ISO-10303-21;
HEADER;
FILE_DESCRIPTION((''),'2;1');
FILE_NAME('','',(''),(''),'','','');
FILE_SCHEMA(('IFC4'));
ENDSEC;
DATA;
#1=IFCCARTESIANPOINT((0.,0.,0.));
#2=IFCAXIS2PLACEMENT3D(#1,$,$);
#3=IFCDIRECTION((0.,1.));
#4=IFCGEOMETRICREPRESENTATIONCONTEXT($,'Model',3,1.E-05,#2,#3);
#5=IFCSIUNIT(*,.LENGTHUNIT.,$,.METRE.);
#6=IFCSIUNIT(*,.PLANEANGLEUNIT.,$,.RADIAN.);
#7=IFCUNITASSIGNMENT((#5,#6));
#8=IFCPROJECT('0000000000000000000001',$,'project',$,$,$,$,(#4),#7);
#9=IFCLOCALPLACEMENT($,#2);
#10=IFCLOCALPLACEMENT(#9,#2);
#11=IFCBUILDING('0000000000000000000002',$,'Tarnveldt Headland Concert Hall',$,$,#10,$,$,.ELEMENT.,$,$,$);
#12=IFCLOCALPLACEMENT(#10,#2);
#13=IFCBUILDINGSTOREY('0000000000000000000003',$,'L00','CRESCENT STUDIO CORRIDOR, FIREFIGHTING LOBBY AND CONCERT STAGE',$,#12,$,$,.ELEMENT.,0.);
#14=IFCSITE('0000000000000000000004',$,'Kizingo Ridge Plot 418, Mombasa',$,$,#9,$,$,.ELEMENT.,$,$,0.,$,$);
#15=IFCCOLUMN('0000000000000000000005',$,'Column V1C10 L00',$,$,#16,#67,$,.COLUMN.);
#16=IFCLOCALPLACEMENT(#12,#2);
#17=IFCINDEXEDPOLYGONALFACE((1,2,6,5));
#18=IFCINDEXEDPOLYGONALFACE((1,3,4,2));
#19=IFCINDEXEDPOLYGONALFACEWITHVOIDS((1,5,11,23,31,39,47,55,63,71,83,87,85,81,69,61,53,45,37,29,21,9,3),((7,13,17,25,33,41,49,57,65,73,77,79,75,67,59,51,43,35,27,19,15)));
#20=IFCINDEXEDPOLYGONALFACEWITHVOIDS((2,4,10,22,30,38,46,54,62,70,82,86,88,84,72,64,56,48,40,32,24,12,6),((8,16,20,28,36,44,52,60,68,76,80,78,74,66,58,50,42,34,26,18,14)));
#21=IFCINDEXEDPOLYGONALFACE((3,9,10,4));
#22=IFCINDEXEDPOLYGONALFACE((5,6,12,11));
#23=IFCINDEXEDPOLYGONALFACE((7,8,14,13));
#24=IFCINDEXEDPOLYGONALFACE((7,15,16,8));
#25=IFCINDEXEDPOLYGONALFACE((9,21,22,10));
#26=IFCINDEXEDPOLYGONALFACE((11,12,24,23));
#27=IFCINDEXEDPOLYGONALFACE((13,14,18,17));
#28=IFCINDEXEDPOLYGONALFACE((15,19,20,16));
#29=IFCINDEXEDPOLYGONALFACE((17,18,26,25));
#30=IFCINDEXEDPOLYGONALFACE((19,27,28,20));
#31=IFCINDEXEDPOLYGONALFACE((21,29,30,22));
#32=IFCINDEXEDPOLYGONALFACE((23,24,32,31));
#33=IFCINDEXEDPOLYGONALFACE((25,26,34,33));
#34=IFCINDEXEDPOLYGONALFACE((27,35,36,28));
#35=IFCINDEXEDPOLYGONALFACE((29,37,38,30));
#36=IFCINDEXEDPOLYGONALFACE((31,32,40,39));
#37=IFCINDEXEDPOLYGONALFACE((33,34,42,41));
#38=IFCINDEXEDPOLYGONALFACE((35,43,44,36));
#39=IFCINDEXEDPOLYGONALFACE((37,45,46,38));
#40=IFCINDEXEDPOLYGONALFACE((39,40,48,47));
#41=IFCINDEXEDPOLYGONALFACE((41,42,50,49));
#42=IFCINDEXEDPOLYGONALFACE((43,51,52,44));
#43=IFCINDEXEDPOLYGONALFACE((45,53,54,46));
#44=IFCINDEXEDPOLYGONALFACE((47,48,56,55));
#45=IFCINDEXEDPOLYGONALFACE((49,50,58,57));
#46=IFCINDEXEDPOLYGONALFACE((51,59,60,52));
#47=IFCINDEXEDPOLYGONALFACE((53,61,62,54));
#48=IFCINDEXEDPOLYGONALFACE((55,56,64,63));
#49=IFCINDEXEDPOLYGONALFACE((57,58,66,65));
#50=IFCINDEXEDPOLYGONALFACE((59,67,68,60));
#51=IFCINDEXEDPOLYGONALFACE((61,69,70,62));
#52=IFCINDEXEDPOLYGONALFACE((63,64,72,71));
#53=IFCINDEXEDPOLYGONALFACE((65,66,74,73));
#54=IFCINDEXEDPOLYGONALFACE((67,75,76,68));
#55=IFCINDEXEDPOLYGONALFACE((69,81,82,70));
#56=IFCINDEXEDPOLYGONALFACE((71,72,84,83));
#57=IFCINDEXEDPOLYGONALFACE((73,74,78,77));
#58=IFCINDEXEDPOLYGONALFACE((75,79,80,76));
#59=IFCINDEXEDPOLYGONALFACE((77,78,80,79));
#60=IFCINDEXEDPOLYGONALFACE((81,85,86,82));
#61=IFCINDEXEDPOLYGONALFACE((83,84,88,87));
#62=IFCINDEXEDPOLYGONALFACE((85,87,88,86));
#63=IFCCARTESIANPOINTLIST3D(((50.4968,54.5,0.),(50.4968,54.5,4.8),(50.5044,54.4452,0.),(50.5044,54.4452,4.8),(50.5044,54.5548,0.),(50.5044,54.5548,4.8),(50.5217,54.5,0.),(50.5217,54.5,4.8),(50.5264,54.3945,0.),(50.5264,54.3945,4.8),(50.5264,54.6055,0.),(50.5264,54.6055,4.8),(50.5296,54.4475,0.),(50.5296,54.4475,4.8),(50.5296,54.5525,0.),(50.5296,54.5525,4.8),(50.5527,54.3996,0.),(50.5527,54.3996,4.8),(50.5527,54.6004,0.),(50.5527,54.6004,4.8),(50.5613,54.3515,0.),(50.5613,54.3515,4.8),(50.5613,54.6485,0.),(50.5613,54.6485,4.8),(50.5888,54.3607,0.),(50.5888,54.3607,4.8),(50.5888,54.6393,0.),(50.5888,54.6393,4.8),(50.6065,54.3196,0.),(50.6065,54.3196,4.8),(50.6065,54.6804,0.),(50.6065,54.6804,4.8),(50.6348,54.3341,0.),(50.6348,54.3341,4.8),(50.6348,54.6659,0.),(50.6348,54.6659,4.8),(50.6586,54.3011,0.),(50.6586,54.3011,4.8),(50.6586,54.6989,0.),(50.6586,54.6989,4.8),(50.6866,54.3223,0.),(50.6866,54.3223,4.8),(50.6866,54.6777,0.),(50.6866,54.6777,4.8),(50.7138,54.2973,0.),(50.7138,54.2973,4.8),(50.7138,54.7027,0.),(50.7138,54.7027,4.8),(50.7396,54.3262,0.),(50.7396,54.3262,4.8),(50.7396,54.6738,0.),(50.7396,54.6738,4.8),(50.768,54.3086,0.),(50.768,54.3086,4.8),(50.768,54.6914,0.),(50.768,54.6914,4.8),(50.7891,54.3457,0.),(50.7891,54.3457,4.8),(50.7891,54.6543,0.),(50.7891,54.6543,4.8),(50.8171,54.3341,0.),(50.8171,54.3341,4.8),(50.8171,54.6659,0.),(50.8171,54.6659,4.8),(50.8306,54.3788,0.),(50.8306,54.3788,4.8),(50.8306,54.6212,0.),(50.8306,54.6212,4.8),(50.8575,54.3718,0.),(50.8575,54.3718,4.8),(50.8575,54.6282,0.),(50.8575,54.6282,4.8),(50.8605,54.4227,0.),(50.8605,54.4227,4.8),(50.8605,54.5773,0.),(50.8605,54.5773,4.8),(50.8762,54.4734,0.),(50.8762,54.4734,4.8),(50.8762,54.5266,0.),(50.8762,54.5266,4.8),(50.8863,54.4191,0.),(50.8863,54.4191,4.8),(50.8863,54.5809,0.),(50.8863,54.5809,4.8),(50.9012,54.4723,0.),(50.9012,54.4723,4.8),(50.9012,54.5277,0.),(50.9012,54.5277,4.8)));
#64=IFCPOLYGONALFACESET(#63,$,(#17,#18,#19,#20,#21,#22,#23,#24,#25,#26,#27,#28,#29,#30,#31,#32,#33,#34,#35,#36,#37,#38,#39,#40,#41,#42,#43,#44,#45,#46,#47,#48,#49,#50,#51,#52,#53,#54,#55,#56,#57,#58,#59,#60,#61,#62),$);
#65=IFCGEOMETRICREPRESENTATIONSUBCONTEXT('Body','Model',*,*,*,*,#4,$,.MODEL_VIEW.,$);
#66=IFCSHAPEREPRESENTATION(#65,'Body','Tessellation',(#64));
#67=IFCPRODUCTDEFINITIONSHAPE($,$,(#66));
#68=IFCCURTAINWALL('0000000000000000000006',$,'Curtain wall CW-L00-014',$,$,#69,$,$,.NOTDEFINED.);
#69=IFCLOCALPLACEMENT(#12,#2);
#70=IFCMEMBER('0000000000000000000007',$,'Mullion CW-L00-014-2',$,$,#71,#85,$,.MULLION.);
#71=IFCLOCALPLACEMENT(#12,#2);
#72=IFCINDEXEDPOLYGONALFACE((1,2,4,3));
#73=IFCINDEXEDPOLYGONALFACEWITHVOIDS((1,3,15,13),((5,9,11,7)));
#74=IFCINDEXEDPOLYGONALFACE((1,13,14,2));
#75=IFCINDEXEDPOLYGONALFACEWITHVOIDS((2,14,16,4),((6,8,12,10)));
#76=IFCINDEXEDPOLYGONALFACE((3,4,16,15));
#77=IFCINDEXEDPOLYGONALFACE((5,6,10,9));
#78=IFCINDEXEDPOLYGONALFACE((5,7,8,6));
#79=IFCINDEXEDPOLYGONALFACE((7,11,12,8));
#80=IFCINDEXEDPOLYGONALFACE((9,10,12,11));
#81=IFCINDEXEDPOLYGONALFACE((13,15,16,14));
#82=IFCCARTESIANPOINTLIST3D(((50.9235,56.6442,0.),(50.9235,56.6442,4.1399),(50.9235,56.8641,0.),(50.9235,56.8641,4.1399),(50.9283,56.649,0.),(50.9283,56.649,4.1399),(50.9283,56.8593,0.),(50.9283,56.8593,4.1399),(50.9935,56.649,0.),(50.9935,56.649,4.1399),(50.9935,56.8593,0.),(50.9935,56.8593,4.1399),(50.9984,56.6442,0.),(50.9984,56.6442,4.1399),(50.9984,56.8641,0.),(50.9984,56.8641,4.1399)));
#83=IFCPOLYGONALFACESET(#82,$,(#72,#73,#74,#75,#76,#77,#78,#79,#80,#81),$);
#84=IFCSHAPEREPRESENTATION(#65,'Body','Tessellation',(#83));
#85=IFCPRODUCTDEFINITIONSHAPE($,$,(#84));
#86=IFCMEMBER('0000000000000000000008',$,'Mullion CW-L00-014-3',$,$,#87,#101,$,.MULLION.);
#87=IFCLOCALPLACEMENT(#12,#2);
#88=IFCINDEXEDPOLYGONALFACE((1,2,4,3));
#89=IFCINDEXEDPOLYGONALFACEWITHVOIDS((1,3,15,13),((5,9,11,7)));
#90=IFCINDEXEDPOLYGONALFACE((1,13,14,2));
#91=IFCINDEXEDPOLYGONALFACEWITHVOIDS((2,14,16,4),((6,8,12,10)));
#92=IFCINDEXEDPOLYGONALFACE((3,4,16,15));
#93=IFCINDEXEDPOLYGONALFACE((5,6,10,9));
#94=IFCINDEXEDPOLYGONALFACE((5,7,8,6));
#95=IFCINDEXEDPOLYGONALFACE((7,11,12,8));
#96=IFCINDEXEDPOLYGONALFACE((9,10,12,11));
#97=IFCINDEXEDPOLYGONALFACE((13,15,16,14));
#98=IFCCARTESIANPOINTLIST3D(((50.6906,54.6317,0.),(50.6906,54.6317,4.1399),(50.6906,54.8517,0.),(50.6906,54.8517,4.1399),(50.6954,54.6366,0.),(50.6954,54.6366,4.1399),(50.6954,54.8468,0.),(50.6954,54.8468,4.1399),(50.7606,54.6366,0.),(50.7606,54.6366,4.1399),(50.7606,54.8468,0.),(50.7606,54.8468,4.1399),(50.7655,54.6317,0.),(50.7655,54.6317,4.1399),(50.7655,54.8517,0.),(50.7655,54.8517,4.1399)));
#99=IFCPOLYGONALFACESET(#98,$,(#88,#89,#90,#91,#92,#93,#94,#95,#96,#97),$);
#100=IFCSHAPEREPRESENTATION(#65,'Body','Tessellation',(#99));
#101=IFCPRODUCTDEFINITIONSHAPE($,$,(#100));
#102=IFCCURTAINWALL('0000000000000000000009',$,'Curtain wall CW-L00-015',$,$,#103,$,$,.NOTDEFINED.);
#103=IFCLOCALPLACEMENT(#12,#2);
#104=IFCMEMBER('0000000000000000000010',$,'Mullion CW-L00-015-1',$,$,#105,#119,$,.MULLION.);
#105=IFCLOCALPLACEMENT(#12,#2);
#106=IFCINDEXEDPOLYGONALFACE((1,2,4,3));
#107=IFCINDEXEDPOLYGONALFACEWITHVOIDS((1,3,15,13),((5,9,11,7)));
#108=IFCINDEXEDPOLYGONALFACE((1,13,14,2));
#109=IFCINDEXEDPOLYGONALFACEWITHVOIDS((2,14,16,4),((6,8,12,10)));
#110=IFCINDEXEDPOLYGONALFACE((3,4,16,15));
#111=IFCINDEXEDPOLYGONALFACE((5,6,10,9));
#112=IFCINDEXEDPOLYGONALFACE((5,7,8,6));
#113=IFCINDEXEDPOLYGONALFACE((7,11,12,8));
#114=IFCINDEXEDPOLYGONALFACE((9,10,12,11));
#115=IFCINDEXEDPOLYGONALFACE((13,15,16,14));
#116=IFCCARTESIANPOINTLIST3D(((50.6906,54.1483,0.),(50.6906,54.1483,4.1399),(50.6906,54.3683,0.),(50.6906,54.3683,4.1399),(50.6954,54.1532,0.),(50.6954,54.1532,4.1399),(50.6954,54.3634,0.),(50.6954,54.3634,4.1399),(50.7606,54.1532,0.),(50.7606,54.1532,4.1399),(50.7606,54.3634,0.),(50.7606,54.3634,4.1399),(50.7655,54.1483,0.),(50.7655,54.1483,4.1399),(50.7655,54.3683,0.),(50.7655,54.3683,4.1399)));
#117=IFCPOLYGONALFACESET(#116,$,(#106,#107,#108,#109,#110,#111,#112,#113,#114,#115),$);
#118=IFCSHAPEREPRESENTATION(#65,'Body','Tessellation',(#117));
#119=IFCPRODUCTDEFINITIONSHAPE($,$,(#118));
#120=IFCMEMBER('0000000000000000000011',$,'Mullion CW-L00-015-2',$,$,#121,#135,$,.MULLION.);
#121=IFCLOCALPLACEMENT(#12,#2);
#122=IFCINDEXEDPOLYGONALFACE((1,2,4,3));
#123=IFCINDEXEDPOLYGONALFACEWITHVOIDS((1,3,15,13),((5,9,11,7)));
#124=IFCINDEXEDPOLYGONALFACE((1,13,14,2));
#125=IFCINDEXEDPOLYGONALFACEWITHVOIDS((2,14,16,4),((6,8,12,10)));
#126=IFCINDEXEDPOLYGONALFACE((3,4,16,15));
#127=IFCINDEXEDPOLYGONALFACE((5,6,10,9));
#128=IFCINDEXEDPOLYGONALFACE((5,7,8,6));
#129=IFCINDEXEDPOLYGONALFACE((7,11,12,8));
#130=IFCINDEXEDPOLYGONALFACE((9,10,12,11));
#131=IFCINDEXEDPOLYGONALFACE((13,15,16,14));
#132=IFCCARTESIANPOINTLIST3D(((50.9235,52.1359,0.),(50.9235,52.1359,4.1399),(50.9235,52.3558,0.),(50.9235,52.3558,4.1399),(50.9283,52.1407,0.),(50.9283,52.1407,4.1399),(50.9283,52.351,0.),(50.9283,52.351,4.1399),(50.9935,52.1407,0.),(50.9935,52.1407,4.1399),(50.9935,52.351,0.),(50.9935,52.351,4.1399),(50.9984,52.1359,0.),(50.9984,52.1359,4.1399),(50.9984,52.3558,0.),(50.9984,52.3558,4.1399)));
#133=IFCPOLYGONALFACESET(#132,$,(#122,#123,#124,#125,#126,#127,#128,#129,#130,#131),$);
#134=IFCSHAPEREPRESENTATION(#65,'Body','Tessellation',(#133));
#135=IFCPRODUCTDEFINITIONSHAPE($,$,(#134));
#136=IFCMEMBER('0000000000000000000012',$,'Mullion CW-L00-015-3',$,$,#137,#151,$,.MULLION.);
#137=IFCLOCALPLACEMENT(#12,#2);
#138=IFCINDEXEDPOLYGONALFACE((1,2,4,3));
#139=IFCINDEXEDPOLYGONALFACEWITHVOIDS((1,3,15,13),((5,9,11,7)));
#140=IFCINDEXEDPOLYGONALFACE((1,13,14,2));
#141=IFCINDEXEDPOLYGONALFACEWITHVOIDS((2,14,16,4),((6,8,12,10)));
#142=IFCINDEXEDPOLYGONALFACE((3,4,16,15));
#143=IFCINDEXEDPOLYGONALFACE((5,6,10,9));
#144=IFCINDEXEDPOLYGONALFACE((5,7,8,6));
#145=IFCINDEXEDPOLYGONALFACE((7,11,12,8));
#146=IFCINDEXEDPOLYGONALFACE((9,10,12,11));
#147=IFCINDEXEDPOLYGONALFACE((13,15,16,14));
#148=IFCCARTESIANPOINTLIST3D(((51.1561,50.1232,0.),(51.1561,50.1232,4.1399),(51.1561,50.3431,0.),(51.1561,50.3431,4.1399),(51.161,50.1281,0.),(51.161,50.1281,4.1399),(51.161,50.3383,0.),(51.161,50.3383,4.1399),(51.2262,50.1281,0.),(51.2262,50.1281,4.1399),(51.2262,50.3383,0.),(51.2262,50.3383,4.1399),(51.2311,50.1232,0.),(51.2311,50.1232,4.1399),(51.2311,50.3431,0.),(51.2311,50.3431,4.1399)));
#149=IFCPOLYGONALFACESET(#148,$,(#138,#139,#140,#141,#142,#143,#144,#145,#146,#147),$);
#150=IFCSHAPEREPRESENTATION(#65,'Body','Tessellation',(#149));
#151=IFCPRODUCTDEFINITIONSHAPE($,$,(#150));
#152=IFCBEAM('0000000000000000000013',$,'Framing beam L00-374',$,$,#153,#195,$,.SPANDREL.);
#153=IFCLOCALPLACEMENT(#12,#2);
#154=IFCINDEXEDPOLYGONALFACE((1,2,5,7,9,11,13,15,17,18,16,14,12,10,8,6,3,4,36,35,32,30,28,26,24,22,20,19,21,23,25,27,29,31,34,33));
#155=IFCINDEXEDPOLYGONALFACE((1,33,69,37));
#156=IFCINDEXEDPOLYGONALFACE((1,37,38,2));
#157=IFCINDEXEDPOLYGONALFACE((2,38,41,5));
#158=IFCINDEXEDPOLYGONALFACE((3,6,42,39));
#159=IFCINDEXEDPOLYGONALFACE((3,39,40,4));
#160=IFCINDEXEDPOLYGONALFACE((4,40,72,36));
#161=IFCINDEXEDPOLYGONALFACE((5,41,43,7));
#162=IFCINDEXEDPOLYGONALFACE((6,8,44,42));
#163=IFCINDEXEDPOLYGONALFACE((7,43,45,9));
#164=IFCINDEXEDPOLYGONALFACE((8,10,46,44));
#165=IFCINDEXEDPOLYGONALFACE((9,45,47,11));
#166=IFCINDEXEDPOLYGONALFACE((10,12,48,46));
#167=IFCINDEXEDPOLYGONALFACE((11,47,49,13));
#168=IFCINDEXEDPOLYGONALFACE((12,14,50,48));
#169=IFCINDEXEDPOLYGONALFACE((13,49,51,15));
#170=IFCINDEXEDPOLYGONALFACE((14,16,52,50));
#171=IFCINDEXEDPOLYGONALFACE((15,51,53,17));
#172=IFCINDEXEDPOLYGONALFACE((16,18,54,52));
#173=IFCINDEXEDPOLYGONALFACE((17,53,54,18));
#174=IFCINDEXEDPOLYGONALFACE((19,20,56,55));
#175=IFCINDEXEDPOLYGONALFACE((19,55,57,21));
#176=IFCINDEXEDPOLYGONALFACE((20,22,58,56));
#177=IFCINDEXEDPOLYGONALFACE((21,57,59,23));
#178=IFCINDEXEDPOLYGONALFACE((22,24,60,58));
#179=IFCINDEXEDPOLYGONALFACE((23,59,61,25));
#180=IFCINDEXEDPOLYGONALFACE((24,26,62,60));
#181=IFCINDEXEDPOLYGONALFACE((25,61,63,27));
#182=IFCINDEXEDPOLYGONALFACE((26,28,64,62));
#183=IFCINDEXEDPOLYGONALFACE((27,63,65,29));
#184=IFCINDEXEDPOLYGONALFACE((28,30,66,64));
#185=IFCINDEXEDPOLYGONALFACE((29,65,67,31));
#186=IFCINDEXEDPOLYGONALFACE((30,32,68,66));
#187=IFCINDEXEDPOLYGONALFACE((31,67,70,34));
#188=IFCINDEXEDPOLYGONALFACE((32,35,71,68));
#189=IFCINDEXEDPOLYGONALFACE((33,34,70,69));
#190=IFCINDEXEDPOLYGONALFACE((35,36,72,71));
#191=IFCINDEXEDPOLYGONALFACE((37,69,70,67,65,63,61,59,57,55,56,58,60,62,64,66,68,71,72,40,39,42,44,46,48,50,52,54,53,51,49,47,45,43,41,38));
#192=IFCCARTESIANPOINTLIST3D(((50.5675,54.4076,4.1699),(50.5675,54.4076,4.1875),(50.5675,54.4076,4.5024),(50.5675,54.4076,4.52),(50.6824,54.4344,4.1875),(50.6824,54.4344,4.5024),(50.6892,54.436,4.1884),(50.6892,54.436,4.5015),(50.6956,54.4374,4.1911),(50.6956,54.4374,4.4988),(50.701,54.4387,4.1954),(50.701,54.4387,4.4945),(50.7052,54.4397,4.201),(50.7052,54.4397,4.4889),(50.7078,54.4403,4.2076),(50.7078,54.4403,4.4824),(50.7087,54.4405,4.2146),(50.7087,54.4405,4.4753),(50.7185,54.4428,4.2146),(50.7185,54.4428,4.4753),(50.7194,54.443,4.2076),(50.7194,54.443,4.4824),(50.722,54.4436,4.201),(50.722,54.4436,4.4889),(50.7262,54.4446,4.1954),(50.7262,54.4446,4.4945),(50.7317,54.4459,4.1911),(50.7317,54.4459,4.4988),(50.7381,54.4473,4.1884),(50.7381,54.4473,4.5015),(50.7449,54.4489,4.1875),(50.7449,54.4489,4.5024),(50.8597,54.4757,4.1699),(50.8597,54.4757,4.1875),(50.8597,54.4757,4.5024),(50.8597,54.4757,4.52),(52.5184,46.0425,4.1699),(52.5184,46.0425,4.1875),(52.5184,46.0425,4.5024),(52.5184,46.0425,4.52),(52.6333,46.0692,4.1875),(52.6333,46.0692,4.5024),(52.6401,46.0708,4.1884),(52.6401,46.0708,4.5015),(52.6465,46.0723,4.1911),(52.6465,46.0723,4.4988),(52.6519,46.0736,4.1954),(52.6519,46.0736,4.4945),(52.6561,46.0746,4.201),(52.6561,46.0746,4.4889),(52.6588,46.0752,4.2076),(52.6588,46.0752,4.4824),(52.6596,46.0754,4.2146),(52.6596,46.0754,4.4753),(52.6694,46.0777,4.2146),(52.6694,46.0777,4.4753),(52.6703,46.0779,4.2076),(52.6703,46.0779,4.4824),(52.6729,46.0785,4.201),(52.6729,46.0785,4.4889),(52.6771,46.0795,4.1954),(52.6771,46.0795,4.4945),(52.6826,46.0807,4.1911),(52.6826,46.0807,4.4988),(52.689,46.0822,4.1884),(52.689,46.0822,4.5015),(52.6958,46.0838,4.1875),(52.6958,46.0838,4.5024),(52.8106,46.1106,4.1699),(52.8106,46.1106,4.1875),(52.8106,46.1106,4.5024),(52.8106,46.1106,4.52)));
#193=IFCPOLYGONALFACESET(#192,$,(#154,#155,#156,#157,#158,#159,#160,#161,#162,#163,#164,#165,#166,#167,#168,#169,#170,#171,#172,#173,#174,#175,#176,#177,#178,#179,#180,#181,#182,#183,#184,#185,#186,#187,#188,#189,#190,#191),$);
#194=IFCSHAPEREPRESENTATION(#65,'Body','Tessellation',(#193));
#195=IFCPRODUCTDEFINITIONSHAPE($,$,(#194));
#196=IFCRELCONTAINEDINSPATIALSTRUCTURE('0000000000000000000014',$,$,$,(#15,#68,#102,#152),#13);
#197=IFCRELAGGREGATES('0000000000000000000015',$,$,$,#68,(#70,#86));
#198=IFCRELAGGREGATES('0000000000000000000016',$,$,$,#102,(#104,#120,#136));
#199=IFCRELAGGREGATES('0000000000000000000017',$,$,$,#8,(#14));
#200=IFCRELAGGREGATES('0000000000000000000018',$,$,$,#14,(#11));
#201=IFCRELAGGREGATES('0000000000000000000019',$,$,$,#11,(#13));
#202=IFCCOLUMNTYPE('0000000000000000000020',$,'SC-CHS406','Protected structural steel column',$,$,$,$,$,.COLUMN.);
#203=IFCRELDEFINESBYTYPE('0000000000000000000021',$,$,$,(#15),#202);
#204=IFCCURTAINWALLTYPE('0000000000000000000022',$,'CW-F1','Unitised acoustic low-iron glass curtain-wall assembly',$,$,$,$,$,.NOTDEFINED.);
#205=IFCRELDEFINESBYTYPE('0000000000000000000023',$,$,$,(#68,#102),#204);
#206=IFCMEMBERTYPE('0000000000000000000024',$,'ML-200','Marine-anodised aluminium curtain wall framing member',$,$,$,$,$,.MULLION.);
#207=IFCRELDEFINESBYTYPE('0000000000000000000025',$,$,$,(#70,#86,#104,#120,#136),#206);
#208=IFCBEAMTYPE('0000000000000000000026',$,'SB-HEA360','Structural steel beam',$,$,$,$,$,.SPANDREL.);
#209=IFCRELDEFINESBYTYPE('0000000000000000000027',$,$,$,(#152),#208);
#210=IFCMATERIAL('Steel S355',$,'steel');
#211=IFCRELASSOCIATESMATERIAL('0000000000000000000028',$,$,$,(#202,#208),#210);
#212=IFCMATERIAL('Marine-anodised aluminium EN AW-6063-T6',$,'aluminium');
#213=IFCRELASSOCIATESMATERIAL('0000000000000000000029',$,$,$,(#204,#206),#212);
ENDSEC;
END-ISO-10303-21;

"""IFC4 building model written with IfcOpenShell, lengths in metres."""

from ifc_helpers import new_model, si_unit, direction, frame, origin, origin_2d, place, context, subcontext, project, spatial, hollow_rectangle, hollow_circle, i_section, extrude, material, material_profile, profile_set, type_object, element, aggregate, save


model = new_model("IFC4")

# Units and contexts
model_context = context("Model", 3, precision=1e-05, world=origin(), true_north=direction((0.0, 1.0)))
body_context = subcontext(model_context, "Body", "Model", "MODEL_VIEW")
ifc_project = project(units=[si_unit("LENGTHUNIT", "METRE"), si_unit("PLANEANGLEUNIT", "RADIAN")], contexts=[model_context])

# Site, building, storey
site_placement = place(None, origin())
site = spatial("IfcSite", under=ifc_project, at=site_placement, Name="Kizingo Ridge Plot 418, Mombasa", CompositionType="ELEMENT", RefElevation=0.0)
building_placement = place(site_placement, origin())
building = spatial("IfcBuilding", under=site, at=building_placement, Name="Tarnveldt Headland Concert Hall", CompositionType="ELEMENT")
storey_placement = place(building_placement, origin())
storey = spatial("IfcBuildingStorey", under=building, at=storey_placement, Name="L00", Description="CRESCENT STUDIO CORRIDOR, FIREFIGHTING LOBBY AND CONCERT STAGE", CompositionType="ELEMENT", Elevation=0.0)

# Column
ifc_material_1 = material(Name="Steel S355", Category="steel")
ifc_material_profile_1 = material_profile(ifc_material_1, hollow_circle(Radius=0.2031, WallThickness=0.0249, at=origin_2d()), Name="CHS 406.4x25", Category="steel")
ifc_profile_set_1 = profile_set([ifc_material_profile_1], Name="Steel S355")
column_type = type_object("IfcColumnType", Name="SC-CHS406", Description="Protected structural steel column", PredefinedType="COLUMN", material=ifc_profile_set_1)
column_placement = place(storey_placement, frame((50.7, 54.5, 0.0), z_axis=(0.0, 0.0, 1.0), x_axis=(-1.0, 0.0, 0.0)))
element("IfcColumn", 1, at=column_placement, inside=storey, type_object=column_type, Name="Column V1C10 L00", PredefinedType="COLUMN", context=body_context, shape_type="SweptSolid", body=[
    extrude(hollow_circle(Radius=0.2031, WallThickness=0.0249, at=origin_2d()), origin(), (0.0, 0.0, 1.0), 4.8),
])

# Curtain walls, members
ifc_material_2 = material(Name="Marine-anodised aluminium EN AW-6063-T6", Category="aluminium")
curtain_wall_type = type_object("IfcCurtainWallType", Name="CW-F1", Description="Unitised acoustic low-iron glass curtain-wall assembly", PredefinedType="NOTDEFINED", material=ifc_material_2)
curtain_wall_1_placement = place(storey_placement, origin())
curtain_wall_1 = element("IfcCurtainWall", 2, at=curtain_wall_1_placement, inside=storey, type_object=curtain_wall_type, Name="Curtain wall CW-L00-014", PredefinedType="NOTDEFINED")
ifc_material_profile_2 = material_profile(ifc_material_2, hollow_rectangle(XDim=0.075, YDim=0.22, WallThickness=0.0049, at=origin_2d()), Name="ALU MULLION 75x220x5", Category="aluminium")
ifc_profile_set_2 = profile_set([ifc_material_profile_2], Name="Marine-anodised aluminium EN AW-6063-T6")
member_type_1 = type_object("IfcMemberType", Name="ML-200", Description="Marine-anodised aluminium curtain wall framing member", PredefinedType="MULLION", material=ifc_profile_set_2)
member_1_placement = place(storey_placement, frame((50.9609, 56.7542, 0.0), z_axis=(0.0, 0.0, 1.0), x_axis=(1.0, 0.0, 0.0)))
member_1 = element("IfcMember", 3, at=member_1_placement, type_object=member_type_1, Name="Mullion CW-L00-014-2", PredefinedType="MULLION", context=body_context, shape_type="SweptSolid", body=[
    extrude(hollow_rectangle(XDim=0.075, YDim=0.22, WallThickness=0.0049, at=origin_2d()), origin(), (0.0, 0.0, 1.0), 4.1399),
])
member_2_placement = place(storey_placement, frame((50.728, 54.7417, 0.0), z_axis=(0.0, 0.0, 1.0), x_axis=(1.0, 0.0, 0.0)))
member_2 = element("IfcMember", 4, at=member_2_placement, type_object=member_type_1, Name="Mullion CW-L00-014-3", PredefinedType="MULLION", context=body_context, shape_type="SweptSolid", body=[
    extrude(hollow_rectangle(XDim=0.075, YDim=0.22, WallThickness=0.0049, at=origin_2d()), origin(), (0.0, 0.0, 1.0), 4.1399),
])
curtain_wall_2_placement = place(storey_placement, origin())
curtain_wall_2 = element("IfcCurtainWall", 5, at=curtain_wall_2_placement, inside=storey, type_object=curtain_wall_type, Name="Curtain wall CW-L00-015", PredefinedType="NOTDEFINED")
member_3_placement = place(storey_placement, frame((50.728, 54.2583, 0.0), z_axis=(0.0, 0.0, 1.0), x_axis=(1.0, 0.0, 0.0)))
member_3 = element("IfcMember", 6, at=member_3_placement, type_object=member_type_1, Name="Mullion CW-L00-015-1", PredefinedType="MULLION", context=body_context, shape_type="SweptSolid", body=[
    extrude(hollow_rectangle(XDim=0.075, YDim=0.22, WallThickness=0.0049, at=origin_2d()), origin(), (0.0, 0.0, 1.0), 4.1399),
])
member_4_placement = place(storey_placement, frame((50.9609, 52.2458, 0.0), z_axis=(0.0, 0.0, 1.0), x_axis=(1.0, 0.0, 0.0)))
member_4 = element("IfcMember", 7, at=member_4_placement, type_object=member_type_1, Name="Mullion CW-L00-015-2", PredefinedType="MULLION", context=body_context, shape_type="SweptSolid", body=[
    extrude(hollow_rectangle(XDim=0.075, YDim=0.22, WallThickness=0.0049, at=origin_2d()), origin(), (0.0, 0.0, 1.0), 4.1399),
])
member_5_placement = place(storey_placement, frame((51.1936, 50.2332, 0.0), z_axis=(0.0, 0.0, 1.0), x_axis=(1.0, 0.0, 0.0)))
member_5 = element("IfcMember", 8, at=member_5_placement, type_object=member_type_1, Name="Mullion CW-L00-015-3", PredefinedType="MULLION", context=body_context, shape_type="SweptSolid", body=[
    extrude(hollow_rectangle(XDim=0.075, YDim=0.22, WallThickness=0.0049, at=origin_2d()), origin(), (0.0, 0.0, 1.0), 4.1399),
])

# Beam
ifc_material_profile_3 = material_profile(ifc_material_1, i_section(OverallWidth=0.3, OverallDepth=0.3501, WebThickness=0.01, FlangeThickness=0.0176, FilletRadius=0.0271, at=origin_2d()), Name="HEA360", Category="steel")
ifc_profile_set_3 = profile_set([ifc_material_profile_3], Name="Steel S355")
beam_type_1 = type_object("IfcBeamType", Name="SB-HEA360", Description="Structural steel beam", PredefinedType="SPANDREL", material=ifc_profile_set_3)
beam_1_placement = place(storey_placement, frame((50.7136, 54.4417, 4.345), z_axis=(0.227124, -0.973866, 0.0), x_axis=(0.973866, 0.227124, 0.0)))
element("IfcBeam", 9, at=beam_1_placement, inside=storey, type_object=beam_type_1, Name="Framing beam L00-374", PredefinedType="SPANDREL", context=body_context, shape_type="SweptSolid", body=[
    extrude(i_section(OverallWidth=0.3, OverallDepth=0.3501, WebThickness=0.01, FlangeThickness=0.0176, FilletRadius=0.0271, at=origin_2d()), origin(), (0.0, 0.0, 1.0), 8.5896),
])

aggregate(curtain_wall_1, [member_1, member_2])
aggregate(curtain_wall_2, [member_3, member_4, member_5])

save(model, "model.ifc")
